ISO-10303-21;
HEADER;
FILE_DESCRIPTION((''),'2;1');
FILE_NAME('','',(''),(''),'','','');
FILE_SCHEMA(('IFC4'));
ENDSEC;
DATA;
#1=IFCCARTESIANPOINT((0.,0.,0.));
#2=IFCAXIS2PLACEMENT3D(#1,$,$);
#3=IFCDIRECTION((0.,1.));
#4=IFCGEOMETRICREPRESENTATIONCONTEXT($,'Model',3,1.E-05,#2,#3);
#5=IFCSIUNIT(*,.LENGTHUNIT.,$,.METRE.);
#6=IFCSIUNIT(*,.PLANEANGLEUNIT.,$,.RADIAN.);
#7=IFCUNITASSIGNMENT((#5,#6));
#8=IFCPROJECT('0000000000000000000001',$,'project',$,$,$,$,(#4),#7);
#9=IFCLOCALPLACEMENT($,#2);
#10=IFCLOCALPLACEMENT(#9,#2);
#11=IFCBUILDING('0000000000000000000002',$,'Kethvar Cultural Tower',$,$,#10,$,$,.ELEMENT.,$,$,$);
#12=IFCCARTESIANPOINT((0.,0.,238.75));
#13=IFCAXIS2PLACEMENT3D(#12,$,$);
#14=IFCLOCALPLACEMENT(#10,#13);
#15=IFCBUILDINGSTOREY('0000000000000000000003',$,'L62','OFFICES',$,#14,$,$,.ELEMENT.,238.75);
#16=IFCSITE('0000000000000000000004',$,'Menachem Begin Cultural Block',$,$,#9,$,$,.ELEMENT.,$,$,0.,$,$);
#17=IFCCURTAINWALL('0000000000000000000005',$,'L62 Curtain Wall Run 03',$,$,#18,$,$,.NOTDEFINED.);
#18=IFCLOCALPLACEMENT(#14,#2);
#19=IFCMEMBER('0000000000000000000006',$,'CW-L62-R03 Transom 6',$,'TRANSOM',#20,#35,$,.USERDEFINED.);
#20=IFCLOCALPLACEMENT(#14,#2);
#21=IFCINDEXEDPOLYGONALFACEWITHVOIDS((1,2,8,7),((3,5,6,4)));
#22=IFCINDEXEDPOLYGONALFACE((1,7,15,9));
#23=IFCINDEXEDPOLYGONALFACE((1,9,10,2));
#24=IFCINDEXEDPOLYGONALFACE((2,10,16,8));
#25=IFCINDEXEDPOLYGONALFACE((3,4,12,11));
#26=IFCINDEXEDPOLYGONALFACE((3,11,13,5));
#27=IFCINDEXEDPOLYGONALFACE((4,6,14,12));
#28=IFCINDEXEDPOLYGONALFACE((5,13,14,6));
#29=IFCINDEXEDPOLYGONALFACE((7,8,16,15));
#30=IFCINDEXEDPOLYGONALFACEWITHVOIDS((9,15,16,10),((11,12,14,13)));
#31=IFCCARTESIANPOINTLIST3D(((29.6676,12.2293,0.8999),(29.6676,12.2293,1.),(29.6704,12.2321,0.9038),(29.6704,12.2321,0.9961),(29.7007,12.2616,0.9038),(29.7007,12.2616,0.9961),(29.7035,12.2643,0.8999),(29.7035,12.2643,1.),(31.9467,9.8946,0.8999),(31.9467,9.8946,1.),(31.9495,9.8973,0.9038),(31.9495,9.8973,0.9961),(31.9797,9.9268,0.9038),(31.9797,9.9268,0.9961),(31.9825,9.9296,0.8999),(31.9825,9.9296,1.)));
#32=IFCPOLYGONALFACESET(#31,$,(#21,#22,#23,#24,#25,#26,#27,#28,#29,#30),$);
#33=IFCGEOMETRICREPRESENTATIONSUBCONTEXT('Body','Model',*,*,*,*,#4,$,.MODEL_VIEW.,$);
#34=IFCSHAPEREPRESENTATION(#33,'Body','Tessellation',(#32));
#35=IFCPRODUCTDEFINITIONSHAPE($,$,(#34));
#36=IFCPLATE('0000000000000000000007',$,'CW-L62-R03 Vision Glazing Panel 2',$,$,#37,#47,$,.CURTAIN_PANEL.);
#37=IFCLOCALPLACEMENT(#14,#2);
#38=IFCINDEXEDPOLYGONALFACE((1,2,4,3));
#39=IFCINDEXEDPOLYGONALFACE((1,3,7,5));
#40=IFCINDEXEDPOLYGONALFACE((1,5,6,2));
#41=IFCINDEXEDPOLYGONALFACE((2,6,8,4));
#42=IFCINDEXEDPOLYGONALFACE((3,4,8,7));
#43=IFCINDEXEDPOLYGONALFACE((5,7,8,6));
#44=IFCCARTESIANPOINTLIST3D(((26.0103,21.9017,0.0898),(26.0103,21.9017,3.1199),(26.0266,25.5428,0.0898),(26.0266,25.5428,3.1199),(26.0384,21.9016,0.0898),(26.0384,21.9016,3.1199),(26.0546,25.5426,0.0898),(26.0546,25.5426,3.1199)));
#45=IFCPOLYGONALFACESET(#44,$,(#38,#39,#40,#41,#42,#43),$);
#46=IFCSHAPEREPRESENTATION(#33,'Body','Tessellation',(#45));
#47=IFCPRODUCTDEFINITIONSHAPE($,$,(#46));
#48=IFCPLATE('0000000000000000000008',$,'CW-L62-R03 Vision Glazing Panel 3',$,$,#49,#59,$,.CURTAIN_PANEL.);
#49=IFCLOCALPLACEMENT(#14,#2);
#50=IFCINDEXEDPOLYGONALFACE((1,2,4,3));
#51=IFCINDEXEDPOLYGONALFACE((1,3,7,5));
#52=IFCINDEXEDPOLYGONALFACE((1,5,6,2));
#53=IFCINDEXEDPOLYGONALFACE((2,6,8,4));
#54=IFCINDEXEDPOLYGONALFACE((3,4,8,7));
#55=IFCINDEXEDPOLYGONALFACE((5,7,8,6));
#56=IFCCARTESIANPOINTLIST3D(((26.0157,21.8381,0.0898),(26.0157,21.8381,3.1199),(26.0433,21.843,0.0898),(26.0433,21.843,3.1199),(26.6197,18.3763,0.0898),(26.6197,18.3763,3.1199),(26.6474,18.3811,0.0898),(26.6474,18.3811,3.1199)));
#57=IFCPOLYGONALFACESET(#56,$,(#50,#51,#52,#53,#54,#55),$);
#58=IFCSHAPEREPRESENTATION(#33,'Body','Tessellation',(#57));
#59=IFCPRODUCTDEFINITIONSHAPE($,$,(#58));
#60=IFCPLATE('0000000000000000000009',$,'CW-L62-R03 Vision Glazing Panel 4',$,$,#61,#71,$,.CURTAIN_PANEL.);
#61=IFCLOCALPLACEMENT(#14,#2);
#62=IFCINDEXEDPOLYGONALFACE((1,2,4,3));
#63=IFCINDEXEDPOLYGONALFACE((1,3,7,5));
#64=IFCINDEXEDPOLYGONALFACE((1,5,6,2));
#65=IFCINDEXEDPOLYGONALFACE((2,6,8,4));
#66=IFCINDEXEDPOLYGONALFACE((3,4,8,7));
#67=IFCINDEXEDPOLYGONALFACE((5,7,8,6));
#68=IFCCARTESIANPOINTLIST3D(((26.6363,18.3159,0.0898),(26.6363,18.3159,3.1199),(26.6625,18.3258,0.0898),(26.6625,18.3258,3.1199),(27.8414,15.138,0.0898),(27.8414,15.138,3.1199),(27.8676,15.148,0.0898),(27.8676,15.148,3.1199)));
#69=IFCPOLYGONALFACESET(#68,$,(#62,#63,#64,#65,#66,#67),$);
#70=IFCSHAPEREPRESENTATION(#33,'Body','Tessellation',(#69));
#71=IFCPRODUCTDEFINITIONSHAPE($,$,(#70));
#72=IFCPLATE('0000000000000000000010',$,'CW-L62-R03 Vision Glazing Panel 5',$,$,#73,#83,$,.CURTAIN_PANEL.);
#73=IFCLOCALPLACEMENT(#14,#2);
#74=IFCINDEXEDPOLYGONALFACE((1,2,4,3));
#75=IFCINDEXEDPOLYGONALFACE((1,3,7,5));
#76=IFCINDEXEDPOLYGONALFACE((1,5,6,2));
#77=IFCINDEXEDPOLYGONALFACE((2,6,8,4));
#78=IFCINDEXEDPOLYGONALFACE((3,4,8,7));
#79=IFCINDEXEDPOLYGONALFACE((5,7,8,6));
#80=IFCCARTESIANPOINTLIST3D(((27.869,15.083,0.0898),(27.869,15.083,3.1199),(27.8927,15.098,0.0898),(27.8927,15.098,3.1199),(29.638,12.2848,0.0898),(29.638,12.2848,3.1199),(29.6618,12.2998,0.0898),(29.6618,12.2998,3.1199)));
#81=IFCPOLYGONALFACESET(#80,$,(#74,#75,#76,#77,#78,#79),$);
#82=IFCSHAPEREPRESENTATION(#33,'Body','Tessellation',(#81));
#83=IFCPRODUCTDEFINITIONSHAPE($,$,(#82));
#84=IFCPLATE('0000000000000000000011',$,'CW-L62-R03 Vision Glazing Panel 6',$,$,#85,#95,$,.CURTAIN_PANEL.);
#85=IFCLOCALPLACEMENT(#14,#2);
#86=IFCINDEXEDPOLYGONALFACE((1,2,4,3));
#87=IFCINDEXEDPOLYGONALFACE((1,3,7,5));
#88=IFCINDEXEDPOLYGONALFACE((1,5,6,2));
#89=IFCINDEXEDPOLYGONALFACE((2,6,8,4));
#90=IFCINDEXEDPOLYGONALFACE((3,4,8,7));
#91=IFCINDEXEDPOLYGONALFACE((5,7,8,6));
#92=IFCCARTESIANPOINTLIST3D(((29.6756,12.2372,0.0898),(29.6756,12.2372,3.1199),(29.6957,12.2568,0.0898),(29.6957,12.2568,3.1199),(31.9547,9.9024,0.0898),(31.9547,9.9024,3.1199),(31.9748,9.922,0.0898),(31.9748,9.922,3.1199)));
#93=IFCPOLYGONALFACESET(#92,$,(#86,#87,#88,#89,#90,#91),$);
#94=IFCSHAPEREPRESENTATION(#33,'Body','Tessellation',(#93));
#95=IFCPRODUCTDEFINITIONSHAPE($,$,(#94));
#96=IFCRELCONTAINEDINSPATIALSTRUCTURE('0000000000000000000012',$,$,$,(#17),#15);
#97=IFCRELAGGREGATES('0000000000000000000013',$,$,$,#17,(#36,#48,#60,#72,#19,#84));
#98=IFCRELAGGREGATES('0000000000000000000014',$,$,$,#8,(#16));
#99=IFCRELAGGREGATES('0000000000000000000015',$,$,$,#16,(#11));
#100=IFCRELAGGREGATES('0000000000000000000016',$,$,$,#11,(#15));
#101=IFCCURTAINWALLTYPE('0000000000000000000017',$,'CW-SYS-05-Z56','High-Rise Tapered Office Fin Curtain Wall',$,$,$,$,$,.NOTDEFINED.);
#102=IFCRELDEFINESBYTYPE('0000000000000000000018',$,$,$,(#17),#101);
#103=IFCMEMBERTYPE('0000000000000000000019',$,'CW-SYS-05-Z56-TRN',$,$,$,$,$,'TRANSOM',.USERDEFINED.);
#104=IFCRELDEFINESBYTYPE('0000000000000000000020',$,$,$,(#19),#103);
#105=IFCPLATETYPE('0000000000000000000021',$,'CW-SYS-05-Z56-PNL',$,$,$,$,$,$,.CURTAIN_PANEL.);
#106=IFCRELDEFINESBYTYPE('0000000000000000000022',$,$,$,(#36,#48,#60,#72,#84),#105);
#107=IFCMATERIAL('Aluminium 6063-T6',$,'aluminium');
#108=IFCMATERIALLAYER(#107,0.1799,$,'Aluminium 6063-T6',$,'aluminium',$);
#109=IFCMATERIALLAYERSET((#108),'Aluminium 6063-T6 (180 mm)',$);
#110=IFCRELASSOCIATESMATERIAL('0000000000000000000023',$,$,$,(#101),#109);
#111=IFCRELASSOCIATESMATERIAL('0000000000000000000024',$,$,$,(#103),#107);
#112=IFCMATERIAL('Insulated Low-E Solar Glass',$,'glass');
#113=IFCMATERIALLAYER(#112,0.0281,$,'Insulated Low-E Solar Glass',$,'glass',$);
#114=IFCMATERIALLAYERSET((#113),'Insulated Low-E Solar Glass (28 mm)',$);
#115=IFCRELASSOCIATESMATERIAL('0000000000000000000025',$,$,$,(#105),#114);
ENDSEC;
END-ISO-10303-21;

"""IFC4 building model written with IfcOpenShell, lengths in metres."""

from ifc_helpers import new_model, si_unit, direction, frame, origin, origin_2d, place, context, subcontext, project, spatial, rectangle, hollow_rectangle, extrude, source, transform, mapped, material, layer, layer_set, material_profile, profile_set, type_object, element, aggregate, save


model = new_model("IFC4")

# Units and contexts
model_context = context("Model", 3, precision=1e-05, world=origin(), true_north=direction((0.0, 1.0)))
body_context = subcontext(model_context, "Body", "Model", "MODEL_VIEW")
ifc_project = project(units=[si_unit("LENGTHUNIT", "METRE"), si_unit("PLANEANGLEUNIT", "RADIAN")], contexts=[model_context])

# Site, building, storey
site_placement = place(None, origin())
site = spatial("IfcSite", under=ifc_project, at=site_placement, Name="Menachem Begin Cultural Block", CompositionType="ELEMENT", RefElevation=0.0)
building_placement = place(site_placement, origin())
building = spatial("IfcBuilding", under=site, at=building_placement, Name="Kethvar Cultural Tower", CompositionType="ELEMENT")
storey_placement = place(building_placement, frame((0.0, 0.0, 238.75)))
storey = spatial("IfcBuildingStorey", under=building, at=storey_placement, Name="L62", Description="OFFICES", CompositionType="ELEMENT", Elevation=238.75)

# Curtain wall, member, plates
ifc_material_1 = material(Name="Aluminium 6063-T6", Category="aluminium")
ifc_layer_1 = layer(ifc_material_1, 0.1799, Name="Aluminium 6063-T6", Category="aluminium")
ifc_layer_set_1 = layer_set([ifc_layer_1], Name="Aluminium 6063-T6 (180 mm)")
curtain_wall_type = type_object("IfcCurtainWallType", Name="CW-SYS-05-Z56", Description="High-Rise Tapered Office Fin Curtain Wall", PredefinedType="NOTDEFINED", material=ifc_layer_set_1)
curtain_wall_placement = place(storey_placement, origin())
curtain_wall = element("IfcCurtainWall", 1, at=curtain_wall_placement, inside=storey, type_object=curtain_wall_type, Name="L62 Curtain Wall Run 03", PredefinedType="NOTDEFINED")
ifc_material_profile_1 = material_profile(ifc_material_1, hollow_rectangle(XDim=0.05, YDim=0.1001, WallThickness=0.0039, at=origin_2d()), Name="Aluminium 6063-T6 — RHS100x50x4")
ifc_profile_set_1 = profile_set([ifc_material_profile_1], Name="Aluminium 6063-T6 — RHS100x50x4")
member_type_1 = type_object("IfcMemberType", Name="CW-SYS-05-Z56-TRN", ElementType="TRANSOM", PredefinedType="USERDEFINED", material=ifc_profile_set_1)
shared_shape_1 = source(origin(), body_context, "Body", "SweptSolid", [
    extrude(hollow_rectangle(XDim=0.05, YDim=0.1001, WallThickness=0.0039, at=origin_2d()), origin(), (0.0, 0.0, 1.0), 3.2627),
])
member_1_placement = place(storey_placement, frame((29.6855, 12.2468, 0.95), z_axis=(0.698525, -0.715586, 0.0), x_axis=(0.715586, 0.698525, 0.0)))
member_1 = element("IfcMember", 2, at=member_1_placement, type_object=member_type_1, Name="CW-L62-R03 Transom 6", ObjectType="TRANSOM", PredefinedType="USERDEFINED", context=body_context, shape_type="MappedRepresentation", body=[
    mapped(shared_shape_1, transform((0.0, 0.0, 0.0), scale=1.0)),
])
ifc_material_2 = material(Name="Insulated Low-E Solar Glass", Category="glass")
ifc_layer_2 = layer(ifc_material_2, 0.0281, Name="Insulated Low-E Solar Glass", Category="glass")
ifc_layer_set_2 = layer_set([ifc_layer_2], Name="Insulated Low-E Solar Glass (28 mm)")
plate_type = type_object("IfcPlateType", Name="CW-SYS-05-Z56-PNL", PredefinedType="CURTAIN_PANEL", material=ifc_layer_set_2)
shared_shape_2 = source(origin(), body_context, "Body", "SweptSolid", [
    extrude(rectangle(XDim=3.6411, YDim=0.0281, at=origin_2d()), origin(), (0.0, 0.0, 1.0), 3.03),
])
plate_1_placement = place(storey_placement, frame((26.0325, 23.7222, 0.0898), z_axis=(0.0, 0.0, 1.0), x_axis=(-0.004468, -0.99999, 0.0)))
plate_1 = element("IfcPlate", 3, at=plate_1_placement, type_object=plate_type, Name="CW-L62-R03 Vision Glazing Panel 2", PredefinedType="CURTAIN_PANEL", context=body_context, shape_type="MappedRepresentation", body=[
    mapped(shared_shape_2, transform((0.0, 0.0, 0.0), scale=1.0)),
])
shared_shape_3 = source(origin(), body_context, "Body", "SweptSolid", [
    extrude(rectangle(XDim=3.5142, YDim=0.0281, at=origin_2d()), origin(), (0.0, 0.0, 1.0), 3.03),
])
plate_2_placement = place(storey_placement, frame((26.3315, 20.1096, 0.0898), z_axis=(0.0, 0.0, 1.0), x_axis=(0.171895, -0.985115, 0.0)))
plate_2 = element("IfcPlate", 4, at=plate_2_placement, type_object=plate_type, Name="CW-L62-R03 Vision Glazing Panel 3", PredefinedType="CURTAIN_PANEL", context=body_context, shape_type="MappedRepresentation", body=[
    mapped(shared_shape_3, transform((0.0, 0.0, 0.0), scale=1.0)),
])
shared_shape_4 = source(origin(), body_context, "Body", "SweptSolid", [
    extrude(rectangle(XDim=3.3987, YDim=0.0281, at=origin_2d()), origin(), (0.0, 0.0, 1.0), 3.03),
])
plate_3_placement = place(storey_placement, frame((27.252, 16.7319, 0.0898), z_axis=(0.0, 0.0, 1.0), x_axis=(0.354568, -0.93503, 0.0)))
plate_3 = element("IfcPlate", 5, at=plate_3_placement, type_object=plate_type, Name="CW-L62-R03 Vision Glazing Panel 4", PredefinedType="CURTAIN_PANEL", context=body_context, shape_type="MappedRepresentation", body=[
    mapped(shared_shape_4, transform((0.0, 0.0, 0.0), scale=1.0)),
])
shared_shape_5 = source(origin(), body_context, "Body", "SweptSolid", [
    extrude(rectangle(XDim=3.3105, YDim=0.0281, at=origin_2d()), origin(), (0.0, 0.0, 1.0), 3.03),
])
plate_4_placement = place(storey_placement, frame((28.7654, 13.6914, 0.0898), z_axis=(0.0, 0.0, 1.0), x_axis=(0.534367, -0.845253, 0.0)))
plate_4 = element("IfcPlate", 6, at=plate_4_placement, type_object=plate_type, Name="CW-L62-R03 Vision Glazing Panel 5", PredefinedType="CURTAIN_PANEL", context=body_context, shape_type="MappedRepresentation", body=[
    mapped(shared_shape_5, transform((0.0, 0.0, 0.0), scale=1.0)),
])
shared_shape_6 = source(origin(), body_context, "Body", "SweptSolid", [
    extrude(rectangle(XDim=3.2627, YDim=0.0281, at=origin_2d()), origin(), (0.0, 0.0, 1.0), 3.03),
])
plate_5_placement = place(storey_placement, frame((30.8252, 11.0796, 0.0898), z_axis=(0.0, 0.0, 1.0), x_axis=(0.698515, -0.715595, 0.0)))
plate_5 = element("IfcPlate", 7, at=plate_5_placement, type_object=plate_type, Name="CW-L62-R03 Vision Glazing Panel 6", PredefinedType="CURTAIN_PANEL", context=body_context, shape_type="MappedRepresentation", body=[
    mapped(shared_shape_6, transform((0.0, 0.0, 0.0), scale=1.0)),
])
aggregate(curtain_wall, [plate_1, plate_2, plate_3, plate_4, member_1, plate_5])

save(model, "model.ifc")
